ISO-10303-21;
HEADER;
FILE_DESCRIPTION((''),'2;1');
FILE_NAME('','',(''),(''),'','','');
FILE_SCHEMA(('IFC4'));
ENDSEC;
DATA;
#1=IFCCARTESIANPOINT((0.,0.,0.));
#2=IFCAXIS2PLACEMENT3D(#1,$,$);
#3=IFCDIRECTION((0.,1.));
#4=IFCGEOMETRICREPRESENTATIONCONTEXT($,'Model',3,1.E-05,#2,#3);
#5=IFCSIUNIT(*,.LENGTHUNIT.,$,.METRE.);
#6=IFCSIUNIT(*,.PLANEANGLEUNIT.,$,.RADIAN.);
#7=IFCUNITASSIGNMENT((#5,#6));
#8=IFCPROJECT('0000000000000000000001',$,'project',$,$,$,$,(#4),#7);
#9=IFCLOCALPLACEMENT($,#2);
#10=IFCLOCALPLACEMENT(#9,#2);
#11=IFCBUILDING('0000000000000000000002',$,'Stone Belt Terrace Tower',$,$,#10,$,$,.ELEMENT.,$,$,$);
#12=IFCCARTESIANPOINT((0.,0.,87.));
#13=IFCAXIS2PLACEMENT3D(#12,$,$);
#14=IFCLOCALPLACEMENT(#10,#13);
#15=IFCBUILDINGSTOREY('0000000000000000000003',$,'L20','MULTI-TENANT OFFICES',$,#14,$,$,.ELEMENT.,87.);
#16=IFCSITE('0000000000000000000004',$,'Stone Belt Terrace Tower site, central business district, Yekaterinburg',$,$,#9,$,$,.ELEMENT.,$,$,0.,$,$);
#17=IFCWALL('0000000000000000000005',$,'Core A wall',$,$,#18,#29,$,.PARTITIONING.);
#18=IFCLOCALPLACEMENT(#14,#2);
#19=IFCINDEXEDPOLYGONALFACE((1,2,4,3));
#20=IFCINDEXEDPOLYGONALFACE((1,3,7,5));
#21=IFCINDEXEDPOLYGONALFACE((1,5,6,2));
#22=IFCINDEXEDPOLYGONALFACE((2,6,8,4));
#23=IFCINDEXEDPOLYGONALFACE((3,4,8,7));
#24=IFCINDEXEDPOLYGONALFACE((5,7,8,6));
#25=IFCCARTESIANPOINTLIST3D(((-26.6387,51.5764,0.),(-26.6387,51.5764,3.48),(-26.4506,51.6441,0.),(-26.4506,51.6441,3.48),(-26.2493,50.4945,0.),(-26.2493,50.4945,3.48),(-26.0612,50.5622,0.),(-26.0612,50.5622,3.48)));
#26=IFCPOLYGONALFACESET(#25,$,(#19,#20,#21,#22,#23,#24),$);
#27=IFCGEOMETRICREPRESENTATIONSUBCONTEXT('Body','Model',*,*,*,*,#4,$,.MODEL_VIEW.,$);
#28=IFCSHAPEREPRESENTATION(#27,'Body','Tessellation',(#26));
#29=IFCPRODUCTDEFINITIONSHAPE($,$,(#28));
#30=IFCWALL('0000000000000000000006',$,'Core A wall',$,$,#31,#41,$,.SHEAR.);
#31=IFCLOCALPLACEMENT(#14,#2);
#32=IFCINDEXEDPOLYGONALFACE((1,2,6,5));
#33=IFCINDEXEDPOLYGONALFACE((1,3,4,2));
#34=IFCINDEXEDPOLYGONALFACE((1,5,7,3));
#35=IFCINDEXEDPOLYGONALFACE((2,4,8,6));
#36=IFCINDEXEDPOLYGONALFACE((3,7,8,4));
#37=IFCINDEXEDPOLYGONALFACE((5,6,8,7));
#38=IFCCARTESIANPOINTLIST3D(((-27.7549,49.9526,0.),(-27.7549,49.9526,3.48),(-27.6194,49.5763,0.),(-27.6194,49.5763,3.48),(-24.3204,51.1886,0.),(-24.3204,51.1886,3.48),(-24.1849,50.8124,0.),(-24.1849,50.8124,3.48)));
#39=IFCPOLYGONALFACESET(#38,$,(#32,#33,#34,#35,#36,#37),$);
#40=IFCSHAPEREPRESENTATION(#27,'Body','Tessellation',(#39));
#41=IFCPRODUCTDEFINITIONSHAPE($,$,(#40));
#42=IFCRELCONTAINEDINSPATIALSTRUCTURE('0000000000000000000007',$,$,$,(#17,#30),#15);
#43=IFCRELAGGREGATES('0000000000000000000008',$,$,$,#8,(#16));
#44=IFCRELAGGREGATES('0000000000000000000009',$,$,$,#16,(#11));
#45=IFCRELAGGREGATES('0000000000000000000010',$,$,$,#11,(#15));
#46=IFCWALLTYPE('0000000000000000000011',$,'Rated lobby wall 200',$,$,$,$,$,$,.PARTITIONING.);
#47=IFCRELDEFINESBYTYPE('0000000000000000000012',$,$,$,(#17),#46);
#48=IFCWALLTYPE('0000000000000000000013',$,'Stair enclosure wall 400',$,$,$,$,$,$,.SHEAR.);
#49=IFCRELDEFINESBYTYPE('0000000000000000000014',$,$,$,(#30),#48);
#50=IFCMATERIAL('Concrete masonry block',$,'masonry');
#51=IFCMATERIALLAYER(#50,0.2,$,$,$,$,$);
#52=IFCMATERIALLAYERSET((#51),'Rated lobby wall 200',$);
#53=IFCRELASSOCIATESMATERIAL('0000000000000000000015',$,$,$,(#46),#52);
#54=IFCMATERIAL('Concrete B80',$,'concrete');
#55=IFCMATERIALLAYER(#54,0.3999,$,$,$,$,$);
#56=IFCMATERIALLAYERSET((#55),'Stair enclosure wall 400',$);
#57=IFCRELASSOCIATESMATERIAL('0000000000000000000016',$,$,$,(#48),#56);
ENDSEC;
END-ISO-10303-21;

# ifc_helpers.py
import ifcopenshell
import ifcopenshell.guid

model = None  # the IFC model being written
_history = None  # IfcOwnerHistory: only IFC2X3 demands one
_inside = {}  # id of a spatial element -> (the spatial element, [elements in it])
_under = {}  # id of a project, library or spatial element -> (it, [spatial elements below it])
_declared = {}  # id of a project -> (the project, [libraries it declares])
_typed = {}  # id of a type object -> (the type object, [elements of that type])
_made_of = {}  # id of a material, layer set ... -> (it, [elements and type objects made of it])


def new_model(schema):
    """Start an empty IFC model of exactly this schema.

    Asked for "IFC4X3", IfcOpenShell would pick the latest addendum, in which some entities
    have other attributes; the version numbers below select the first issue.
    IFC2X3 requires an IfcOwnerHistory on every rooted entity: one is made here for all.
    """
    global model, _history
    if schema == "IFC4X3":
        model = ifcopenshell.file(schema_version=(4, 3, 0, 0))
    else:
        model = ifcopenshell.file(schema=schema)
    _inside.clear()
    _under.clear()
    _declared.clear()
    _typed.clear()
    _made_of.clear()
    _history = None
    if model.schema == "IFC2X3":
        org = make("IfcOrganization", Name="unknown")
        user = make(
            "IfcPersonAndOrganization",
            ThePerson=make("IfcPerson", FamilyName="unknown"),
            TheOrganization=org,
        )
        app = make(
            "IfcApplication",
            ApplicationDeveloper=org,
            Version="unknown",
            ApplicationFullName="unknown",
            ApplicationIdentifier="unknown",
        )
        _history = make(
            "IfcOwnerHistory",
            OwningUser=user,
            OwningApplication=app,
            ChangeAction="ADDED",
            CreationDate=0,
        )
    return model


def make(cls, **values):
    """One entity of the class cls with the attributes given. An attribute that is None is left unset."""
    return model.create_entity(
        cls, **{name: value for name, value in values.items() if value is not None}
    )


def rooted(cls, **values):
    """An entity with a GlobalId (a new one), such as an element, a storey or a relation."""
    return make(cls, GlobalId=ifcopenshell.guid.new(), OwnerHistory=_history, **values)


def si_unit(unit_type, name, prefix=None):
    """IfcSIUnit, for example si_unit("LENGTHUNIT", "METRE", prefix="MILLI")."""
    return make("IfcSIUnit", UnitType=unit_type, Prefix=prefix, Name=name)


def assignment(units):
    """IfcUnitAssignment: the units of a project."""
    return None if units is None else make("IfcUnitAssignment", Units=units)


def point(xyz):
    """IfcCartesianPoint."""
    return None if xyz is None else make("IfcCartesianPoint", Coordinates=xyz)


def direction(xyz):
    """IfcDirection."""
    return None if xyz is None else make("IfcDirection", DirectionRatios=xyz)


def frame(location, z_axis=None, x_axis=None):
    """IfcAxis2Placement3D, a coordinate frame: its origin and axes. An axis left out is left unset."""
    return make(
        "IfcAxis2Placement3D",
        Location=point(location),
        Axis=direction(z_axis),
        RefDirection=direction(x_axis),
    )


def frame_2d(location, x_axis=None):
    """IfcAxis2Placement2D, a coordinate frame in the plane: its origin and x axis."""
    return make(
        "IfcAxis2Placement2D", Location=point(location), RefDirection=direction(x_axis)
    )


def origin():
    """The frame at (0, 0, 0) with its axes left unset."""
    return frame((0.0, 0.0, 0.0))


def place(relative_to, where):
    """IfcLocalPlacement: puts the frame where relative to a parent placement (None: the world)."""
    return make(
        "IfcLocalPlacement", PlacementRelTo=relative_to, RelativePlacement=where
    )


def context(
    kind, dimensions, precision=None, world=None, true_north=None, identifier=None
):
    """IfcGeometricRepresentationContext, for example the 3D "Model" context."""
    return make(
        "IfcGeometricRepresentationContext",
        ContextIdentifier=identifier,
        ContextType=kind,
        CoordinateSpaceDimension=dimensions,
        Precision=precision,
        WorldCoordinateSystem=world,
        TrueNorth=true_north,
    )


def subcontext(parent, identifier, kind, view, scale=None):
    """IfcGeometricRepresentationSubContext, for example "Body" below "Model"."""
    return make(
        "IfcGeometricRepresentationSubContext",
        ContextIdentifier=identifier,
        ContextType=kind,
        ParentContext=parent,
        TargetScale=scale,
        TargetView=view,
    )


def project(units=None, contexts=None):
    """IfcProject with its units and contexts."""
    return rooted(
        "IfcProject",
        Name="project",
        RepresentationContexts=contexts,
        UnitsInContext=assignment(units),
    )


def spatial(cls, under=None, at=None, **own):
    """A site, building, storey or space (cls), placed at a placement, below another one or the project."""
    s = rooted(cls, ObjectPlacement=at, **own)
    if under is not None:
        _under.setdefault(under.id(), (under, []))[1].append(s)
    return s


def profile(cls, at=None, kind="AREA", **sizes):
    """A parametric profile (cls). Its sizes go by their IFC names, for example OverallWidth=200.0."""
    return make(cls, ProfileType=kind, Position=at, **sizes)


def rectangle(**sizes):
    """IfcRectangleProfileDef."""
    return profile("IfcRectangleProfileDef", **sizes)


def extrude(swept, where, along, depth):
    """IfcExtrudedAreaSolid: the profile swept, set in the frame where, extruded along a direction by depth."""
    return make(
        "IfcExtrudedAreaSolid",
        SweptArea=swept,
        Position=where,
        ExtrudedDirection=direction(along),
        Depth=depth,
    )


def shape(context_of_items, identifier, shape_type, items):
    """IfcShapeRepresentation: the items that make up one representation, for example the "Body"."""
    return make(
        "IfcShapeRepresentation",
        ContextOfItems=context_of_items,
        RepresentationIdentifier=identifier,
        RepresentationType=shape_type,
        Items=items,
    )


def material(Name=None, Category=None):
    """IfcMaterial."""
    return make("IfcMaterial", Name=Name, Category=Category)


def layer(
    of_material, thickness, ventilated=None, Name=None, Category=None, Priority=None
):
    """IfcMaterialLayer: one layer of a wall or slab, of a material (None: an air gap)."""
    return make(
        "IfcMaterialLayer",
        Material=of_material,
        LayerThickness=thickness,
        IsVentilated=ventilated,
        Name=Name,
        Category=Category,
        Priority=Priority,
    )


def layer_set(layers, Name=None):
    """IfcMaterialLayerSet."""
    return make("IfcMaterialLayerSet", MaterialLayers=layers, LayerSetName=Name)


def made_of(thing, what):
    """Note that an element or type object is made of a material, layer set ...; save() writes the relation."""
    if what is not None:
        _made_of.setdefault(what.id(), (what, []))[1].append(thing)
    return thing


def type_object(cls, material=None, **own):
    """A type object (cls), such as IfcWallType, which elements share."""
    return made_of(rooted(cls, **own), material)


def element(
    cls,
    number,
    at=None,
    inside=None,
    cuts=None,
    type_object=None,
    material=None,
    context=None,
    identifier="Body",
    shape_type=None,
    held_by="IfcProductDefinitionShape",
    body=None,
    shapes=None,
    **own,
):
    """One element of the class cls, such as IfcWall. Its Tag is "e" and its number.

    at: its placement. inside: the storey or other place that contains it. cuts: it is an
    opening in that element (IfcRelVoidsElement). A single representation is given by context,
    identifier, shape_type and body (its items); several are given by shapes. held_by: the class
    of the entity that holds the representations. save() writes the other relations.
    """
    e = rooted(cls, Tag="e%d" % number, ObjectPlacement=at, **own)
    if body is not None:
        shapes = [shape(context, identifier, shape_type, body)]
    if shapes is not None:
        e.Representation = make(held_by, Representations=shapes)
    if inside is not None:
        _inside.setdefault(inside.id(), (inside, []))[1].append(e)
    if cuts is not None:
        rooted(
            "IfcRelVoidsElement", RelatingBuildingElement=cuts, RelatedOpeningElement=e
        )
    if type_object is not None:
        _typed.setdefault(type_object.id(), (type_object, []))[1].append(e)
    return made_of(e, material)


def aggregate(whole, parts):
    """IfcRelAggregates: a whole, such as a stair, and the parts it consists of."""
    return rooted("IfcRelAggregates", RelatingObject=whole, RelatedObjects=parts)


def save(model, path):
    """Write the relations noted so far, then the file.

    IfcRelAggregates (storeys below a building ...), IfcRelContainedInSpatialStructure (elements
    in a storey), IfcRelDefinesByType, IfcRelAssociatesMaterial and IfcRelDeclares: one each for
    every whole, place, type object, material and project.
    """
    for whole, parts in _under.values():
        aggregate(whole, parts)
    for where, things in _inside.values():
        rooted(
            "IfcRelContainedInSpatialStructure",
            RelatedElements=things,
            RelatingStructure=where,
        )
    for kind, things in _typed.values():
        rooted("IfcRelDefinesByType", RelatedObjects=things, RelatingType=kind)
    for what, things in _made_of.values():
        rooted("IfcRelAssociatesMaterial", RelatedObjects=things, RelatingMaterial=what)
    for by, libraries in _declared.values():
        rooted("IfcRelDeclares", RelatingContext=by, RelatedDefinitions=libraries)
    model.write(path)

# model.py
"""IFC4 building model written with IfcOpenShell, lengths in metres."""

from ifc_helpers import new_model, si_unit, direction, frame, frame_2d, origin, place, context, subcontext, project, spatial, rectangle, extrude, material, layer, layer_set, type_object, element, save


model = new_model("IFC4")

# Units and contexts
model_context = context("Model", 3, precision=1e-05, world=origin(), true_north=direction((0.0, 1.0)))
body_context = subcontext(model_context, "Body", "Model", "MODEL_VIEW")
ifc_project = project(units=[si_unit("LENGTHUNIT", "METRE"), si_unit("PLANEANGLEUNIT", "RADIAN")], contexts=[model_context])

# Site, building, storey
site_placement = place(None, origin())
site = spatial("IfcSite", under=ifc_project, at=site_placement, Name="Stone Belt Terrace Tower site, central business district, Yekaterinburg", CompositionType="ELEMENT", RefElevation=0.0)
building_placement = place(site_placement, origin())
building = spatial("IfcBuilding", under=site, at=building_placement, Name="Stone Belt Terrace Tower", CompositionType="ELEMENT")
storey_placement = place(building_placement, frame((0.0, 0.0, 87.0)))
storey = spatial("IfcBuildingStorey", under=building, at=storey_placement, Name="L20", Description="MULTI-TENANT OFFICES", CompositionType="ELEMENT", Elevation=87.0)

# Shared definitions
ifc_material_1 = material(Name="Concrete B80", Category="concrete")

# Walls
ifc_material_2 = material(Name="Concrete masonry block", Category="masonry")
ifc_layer_1 = layer(ifc_material_2, 0.2)
ifc_layer_set_1 = layer_set([ifc_layer_1], Name="Rated lobby wall 200")
wall_type_1 = type_object("IfcWallType", Name="Rated lobby wall 200", PredefinedType="PARTITIONING", material=ifc_layer_set_1)
wall_1_placement = place(storey_placement, frame((-26.1553, 50.5283, 0.0), z_axis=(0.0, 0.0, 1.0), x_axis=(-0.338622, 0.940923, 0.0)))
element("IfcWall", 1, at=wall_1_placement, inside=storey, type_object=wall_type_1, Name="Core A wall", PredefinedType="PARTITIONING", context=body_context, shape_type="SweptSolid", body=[
    extrude(rectangle(XDim=1.1499, YDim=0.2, at=frame_2d((0.575, 0.0))), origin(), (0.0, 0.0, 1.0), 3.48),
])
ifc_layer_2 = layer(ifc_material_1, 0.3999)
ifc_layer_set_2 = layer_set([ifc_layer_2], Name="Stair enclosure wall 400")
wall_type_2 = type_object("IfcWallType", Name="Stair enclosure wall 400", PredefinedType="SHEAR", material=ifc_layer_set_2)
wall_2_placement = place(storey_placement, frame((-27.6873, 49.7644, 0.0), z_axis=(0.0, 0.0, 1.0), x_axis=(0.940919, 0.338632, 0.0)))
element("IfcWall", 2, at=wall_2_placement, inside=storey, type_object=wall_type_2, Name="Core A wall", PredefinedType="SHEAR", context=body_context, shape_type="SweptSolid", body=[
    extrude(rectangle(XDim=3.6501, YDim=0.3999, at=frame_2d((1.8252, 0.0))), origin(), (0.0, 0.0, 1.0), 3.48),
])

save(model, "model.ifc")
